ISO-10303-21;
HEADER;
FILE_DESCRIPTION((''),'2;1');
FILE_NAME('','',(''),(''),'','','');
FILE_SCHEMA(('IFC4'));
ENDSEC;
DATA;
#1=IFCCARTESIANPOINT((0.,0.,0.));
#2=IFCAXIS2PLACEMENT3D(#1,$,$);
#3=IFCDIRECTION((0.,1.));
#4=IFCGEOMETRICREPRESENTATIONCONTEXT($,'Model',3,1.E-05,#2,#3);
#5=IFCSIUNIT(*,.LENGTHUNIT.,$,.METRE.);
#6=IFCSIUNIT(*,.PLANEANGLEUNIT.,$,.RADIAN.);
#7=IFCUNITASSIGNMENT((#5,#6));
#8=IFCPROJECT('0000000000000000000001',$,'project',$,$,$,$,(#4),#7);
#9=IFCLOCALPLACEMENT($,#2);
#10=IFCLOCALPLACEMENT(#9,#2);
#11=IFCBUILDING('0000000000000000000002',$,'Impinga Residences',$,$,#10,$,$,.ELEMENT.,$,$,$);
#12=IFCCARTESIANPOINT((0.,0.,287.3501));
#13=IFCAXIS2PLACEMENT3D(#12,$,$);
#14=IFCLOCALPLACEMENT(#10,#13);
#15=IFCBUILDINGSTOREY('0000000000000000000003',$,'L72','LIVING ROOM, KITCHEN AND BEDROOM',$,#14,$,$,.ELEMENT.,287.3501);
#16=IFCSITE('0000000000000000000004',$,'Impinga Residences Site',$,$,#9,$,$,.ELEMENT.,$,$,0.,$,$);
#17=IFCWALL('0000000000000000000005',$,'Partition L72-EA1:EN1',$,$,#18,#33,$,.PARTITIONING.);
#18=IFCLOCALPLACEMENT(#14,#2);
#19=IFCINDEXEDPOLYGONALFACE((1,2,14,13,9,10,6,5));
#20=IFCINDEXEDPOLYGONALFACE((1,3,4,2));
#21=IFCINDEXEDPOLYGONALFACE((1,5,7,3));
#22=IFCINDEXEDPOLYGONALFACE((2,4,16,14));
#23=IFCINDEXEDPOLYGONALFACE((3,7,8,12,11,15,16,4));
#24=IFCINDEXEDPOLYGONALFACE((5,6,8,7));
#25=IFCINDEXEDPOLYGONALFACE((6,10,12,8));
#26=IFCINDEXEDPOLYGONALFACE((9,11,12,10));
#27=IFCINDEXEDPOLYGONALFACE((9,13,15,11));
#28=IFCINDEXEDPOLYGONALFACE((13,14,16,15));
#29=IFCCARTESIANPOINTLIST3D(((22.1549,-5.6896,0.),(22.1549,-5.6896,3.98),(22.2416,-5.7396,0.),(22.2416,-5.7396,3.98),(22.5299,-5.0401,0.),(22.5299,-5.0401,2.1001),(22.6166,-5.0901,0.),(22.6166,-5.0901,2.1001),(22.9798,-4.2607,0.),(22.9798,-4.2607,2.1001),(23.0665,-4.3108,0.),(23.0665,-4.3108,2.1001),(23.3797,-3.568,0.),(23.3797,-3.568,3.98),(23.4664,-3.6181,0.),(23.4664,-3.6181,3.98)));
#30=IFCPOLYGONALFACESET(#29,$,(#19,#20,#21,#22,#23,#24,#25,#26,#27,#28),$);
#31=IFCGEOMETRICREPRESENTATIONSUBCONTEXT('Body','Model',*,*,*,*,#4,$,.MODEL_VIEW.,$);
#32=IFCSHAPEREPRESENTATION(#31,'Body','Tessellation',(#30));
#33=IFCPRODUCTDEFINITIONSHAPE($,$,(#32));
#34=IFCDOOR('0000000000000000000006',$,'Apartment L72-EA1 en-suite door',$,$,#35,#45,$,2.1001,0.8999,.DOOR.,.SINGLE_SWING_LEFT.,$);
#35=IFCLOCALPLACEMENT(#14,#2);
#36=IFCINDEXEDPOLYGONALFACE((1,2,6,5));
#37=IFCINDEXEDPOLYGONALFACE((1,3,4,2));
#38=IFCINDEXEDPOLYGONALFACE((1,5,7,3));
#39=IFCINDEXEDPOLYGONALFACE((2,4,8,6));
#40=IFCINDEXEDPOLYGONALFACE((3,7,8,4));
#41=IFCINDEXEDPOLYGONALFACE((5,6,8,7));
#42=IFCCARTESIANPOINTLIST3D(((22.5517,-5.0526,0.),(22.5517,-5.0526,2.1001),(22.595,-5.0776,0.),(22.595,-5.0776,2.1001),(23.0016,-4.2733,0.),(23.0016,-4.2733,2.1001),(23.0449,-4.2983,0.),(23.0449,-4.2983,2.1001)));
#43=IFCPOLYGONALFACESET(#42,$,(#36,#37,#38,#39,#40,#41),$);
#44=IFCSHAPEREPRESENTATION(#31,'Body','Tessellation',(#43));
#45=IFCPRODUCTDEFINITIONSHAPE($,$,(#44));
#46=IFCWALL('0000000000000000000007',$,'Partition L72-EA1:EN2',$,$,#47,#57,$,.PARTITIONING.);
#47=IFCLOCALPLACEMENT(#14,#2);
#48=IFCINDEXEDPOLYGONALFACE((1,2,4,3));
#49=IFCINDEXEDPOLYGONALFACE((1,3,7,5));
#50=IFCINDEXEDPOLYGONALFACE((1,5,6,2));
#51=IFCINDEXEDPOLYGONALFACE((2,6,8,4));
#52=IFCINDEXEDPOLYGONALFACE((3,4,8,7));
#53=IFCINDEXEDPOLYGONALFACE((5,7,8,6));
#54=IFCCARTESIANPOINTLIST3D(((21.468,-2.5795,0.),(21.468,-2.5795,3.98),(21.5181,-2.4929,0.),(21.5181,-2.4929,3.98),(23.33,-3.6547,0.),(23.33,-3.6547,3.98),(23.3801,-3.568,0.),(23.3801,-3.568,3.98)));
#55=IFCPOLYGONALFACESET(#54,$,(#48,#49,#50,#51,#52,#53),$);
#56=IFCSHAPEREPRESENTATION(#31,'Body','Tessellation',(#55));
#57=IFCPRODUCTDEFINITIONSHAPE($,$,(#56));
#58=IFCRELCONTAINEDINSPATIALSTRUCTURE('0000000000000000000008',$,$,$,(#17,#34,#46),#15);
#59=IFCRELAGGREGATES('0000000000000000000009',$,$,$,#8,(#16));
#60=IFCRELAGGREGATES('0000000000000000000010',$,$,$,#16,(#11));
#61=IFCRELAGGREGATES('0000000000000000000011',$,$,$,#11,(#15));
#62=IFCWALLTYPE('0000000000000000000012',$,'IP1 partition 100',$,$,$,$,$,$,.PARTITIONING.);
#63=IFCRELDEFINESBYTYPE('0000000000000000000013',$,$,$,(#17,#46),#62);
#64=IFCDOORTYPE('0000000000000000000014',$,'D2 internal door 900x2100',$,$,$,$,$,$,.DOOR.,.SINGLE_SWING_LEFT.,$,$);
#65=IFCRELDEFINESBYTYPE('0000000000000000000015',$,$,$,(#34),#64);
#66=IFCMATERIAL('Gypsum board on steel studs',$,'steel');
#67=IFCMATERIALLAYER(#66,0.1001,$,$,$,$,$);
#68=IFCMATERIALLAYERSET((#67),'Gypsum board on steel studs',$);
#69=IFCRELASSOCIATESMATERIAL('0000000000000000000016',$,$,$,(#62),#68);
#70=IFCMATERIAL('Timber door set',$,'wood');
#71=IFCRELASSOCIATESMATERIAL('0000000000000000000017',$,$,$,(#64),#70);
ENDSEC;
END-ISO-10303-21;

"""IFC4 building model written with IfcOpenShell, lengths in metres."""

from ifc_helpers import new_model, si_unit, direction, frame, frame_2d, origin, place, context, subcontext, project, spatial, rectangle, extrude, material, layer, layer_set, type_object, element, fill, save


model = new_model("IFC4")

# Units and contexts
model_context = context("Model", 3, precision=1e-05, world=origin(), true_north=direction((0.0, 1.0)))
body_context = subcontext(model_context, "Body", "Model", "MODEL_VIEW")
ifc_project = project(units=[si_unit("LENGTHUNIT", "METRE"), si_unit("PLANEANGLEUNIT", "RADIAN")], contexts=[model_context])

# Site, building, storey
site_placement = place(None, origin())
site = spatial("IfcSite", under=ifc_project, at=site_placement, Name="Impinga Residences Site", CompositionType="ELEMENT", RefElevation=0.0)
building_placement = place(site_placement, origin())
building = spatial("IfcBuilding", under=site, at=building_placement, Name="Impinga Residences", CompositionType="ELEMENT")
storey_placement = place(building_placement, frame((0.0, 0.0, 287.3501)))
storey = spatial("IfcBuildingStorey", under=building, at=storey_placement, Name="L72", Description="LIVING ROOM, KITCHEN AND BEDROOM", CompositionType="ELEMENT", Elevation=287.3501)

# Shared definitions
ifc_material_1 = material(Name="Gypsum board on steel studs", Category="steel")
ifc_layer_1 = layer(ifc_material_1, 0.1001)
ifc_layer_set_1 = layer_set([ifc_layer_1], Name="Gypsum board on steel studs")
wall_type_1 = type_object("IfcWallType", Name="IP1 partition 100", PredefinedType="PARTITIONING", material=ifc_layer_set_1)

# Wall, opening, door
wall_1_placement = place(storey_placement, frame((22.1982, -5.7146, 0.0), z_axis=(0.0, 0.0, 1.0), x_axis=(0.499987, 0.866033, 0.0)))
wall_1 = element("IfcWall", 1, at=wall_1_placement, inside=storey, type_object=wall_type_1, Name="Partition L72-EA1:EN1", PredefinedType="PARTITIONING", context=body_context, shape_type="SweptSolid", body=[
    extrude(rectangle(XDim=2.4497, YDim=0.1001, at=frame_2d((1.2249, 0.0))), origin(), (0.0, 0.0, 1.0), 3.98),
])
opening_placement = place(wall_1_placement, frame((0.75, 0.0, 0.0)))
opening = element("IfcOpeningElement", 2, at=opening_placement, cuts=wall_1, PredefinedType="OPENING", context=body_context, shape_type="SweptSolid", body=[
    extrude(rectangle(XDim=0.8999, YDim=2.1001, at=frame_2d((0.45, 1.05))), frame((0.0, 0.0601, 0.0), z_axis=(0.0, -1.0, 0.0), x_axis=(1.0, 0.0, 0.0)), (0.0, 0.0, 1.0), 0.1201),
])
ifc_material_2 = material(Name="Timber door set", Category="wood")
door_type = type_object("IfcDoorType", Name="D2 internal door 900x2100", OperationType="SINGLE_SWING_LEFT", PredefinedType="DOOR", material=ifc_material_2)
door_placement = place(opening_placement, origin())
door = element("IfcDoor", 3, at=door_placement, inside=storey, type_object=door_type, Name="Apartment L72-EA1 en-suite door", OperationType="SINGLE_SWING_LEFT", OverallHeight=2.1001, OverallWidth=0.8999, PredefinedType="DOOR", context=body_context, shape_type="SweptSolid", body=[
    extrude(rectangle(XDim=0.8999, YDim=2.1001, at=frame_2d((0.45, 1.05))), frame((0.0, 0.0249, 0.0), z_axis=(0.0, -1.0, 0.0), x_axis=(1.0, 0.0, 0.0)), (0.0, 0.0, 1.0), 0.05),
])
fill(opening, door)

# Wall
wall_2_placement = place(storey_placement, frame((21.4929, -2.5361, 0.0), z_axis=(0.0, 0.0, 1.0), x_axis=(0.865998, -0.500047, 0.0)))
element("IfcWall", 4, at=wall_2_placement, inside=storey, type_object=wall_type_1, Name="Partition L72-EA1:EN2", PredefinedType="PARTITIONING", context=body_context, shape_type="SweptSolid", body=[
    extrude(rectangle(XDim=2.1501, YDim=0.1001, at=frame_2d((1.0752, 0.0))), origin(), (0.0, 0.0, 1.0), 3.98),
])

save(model, "model.ifc")
